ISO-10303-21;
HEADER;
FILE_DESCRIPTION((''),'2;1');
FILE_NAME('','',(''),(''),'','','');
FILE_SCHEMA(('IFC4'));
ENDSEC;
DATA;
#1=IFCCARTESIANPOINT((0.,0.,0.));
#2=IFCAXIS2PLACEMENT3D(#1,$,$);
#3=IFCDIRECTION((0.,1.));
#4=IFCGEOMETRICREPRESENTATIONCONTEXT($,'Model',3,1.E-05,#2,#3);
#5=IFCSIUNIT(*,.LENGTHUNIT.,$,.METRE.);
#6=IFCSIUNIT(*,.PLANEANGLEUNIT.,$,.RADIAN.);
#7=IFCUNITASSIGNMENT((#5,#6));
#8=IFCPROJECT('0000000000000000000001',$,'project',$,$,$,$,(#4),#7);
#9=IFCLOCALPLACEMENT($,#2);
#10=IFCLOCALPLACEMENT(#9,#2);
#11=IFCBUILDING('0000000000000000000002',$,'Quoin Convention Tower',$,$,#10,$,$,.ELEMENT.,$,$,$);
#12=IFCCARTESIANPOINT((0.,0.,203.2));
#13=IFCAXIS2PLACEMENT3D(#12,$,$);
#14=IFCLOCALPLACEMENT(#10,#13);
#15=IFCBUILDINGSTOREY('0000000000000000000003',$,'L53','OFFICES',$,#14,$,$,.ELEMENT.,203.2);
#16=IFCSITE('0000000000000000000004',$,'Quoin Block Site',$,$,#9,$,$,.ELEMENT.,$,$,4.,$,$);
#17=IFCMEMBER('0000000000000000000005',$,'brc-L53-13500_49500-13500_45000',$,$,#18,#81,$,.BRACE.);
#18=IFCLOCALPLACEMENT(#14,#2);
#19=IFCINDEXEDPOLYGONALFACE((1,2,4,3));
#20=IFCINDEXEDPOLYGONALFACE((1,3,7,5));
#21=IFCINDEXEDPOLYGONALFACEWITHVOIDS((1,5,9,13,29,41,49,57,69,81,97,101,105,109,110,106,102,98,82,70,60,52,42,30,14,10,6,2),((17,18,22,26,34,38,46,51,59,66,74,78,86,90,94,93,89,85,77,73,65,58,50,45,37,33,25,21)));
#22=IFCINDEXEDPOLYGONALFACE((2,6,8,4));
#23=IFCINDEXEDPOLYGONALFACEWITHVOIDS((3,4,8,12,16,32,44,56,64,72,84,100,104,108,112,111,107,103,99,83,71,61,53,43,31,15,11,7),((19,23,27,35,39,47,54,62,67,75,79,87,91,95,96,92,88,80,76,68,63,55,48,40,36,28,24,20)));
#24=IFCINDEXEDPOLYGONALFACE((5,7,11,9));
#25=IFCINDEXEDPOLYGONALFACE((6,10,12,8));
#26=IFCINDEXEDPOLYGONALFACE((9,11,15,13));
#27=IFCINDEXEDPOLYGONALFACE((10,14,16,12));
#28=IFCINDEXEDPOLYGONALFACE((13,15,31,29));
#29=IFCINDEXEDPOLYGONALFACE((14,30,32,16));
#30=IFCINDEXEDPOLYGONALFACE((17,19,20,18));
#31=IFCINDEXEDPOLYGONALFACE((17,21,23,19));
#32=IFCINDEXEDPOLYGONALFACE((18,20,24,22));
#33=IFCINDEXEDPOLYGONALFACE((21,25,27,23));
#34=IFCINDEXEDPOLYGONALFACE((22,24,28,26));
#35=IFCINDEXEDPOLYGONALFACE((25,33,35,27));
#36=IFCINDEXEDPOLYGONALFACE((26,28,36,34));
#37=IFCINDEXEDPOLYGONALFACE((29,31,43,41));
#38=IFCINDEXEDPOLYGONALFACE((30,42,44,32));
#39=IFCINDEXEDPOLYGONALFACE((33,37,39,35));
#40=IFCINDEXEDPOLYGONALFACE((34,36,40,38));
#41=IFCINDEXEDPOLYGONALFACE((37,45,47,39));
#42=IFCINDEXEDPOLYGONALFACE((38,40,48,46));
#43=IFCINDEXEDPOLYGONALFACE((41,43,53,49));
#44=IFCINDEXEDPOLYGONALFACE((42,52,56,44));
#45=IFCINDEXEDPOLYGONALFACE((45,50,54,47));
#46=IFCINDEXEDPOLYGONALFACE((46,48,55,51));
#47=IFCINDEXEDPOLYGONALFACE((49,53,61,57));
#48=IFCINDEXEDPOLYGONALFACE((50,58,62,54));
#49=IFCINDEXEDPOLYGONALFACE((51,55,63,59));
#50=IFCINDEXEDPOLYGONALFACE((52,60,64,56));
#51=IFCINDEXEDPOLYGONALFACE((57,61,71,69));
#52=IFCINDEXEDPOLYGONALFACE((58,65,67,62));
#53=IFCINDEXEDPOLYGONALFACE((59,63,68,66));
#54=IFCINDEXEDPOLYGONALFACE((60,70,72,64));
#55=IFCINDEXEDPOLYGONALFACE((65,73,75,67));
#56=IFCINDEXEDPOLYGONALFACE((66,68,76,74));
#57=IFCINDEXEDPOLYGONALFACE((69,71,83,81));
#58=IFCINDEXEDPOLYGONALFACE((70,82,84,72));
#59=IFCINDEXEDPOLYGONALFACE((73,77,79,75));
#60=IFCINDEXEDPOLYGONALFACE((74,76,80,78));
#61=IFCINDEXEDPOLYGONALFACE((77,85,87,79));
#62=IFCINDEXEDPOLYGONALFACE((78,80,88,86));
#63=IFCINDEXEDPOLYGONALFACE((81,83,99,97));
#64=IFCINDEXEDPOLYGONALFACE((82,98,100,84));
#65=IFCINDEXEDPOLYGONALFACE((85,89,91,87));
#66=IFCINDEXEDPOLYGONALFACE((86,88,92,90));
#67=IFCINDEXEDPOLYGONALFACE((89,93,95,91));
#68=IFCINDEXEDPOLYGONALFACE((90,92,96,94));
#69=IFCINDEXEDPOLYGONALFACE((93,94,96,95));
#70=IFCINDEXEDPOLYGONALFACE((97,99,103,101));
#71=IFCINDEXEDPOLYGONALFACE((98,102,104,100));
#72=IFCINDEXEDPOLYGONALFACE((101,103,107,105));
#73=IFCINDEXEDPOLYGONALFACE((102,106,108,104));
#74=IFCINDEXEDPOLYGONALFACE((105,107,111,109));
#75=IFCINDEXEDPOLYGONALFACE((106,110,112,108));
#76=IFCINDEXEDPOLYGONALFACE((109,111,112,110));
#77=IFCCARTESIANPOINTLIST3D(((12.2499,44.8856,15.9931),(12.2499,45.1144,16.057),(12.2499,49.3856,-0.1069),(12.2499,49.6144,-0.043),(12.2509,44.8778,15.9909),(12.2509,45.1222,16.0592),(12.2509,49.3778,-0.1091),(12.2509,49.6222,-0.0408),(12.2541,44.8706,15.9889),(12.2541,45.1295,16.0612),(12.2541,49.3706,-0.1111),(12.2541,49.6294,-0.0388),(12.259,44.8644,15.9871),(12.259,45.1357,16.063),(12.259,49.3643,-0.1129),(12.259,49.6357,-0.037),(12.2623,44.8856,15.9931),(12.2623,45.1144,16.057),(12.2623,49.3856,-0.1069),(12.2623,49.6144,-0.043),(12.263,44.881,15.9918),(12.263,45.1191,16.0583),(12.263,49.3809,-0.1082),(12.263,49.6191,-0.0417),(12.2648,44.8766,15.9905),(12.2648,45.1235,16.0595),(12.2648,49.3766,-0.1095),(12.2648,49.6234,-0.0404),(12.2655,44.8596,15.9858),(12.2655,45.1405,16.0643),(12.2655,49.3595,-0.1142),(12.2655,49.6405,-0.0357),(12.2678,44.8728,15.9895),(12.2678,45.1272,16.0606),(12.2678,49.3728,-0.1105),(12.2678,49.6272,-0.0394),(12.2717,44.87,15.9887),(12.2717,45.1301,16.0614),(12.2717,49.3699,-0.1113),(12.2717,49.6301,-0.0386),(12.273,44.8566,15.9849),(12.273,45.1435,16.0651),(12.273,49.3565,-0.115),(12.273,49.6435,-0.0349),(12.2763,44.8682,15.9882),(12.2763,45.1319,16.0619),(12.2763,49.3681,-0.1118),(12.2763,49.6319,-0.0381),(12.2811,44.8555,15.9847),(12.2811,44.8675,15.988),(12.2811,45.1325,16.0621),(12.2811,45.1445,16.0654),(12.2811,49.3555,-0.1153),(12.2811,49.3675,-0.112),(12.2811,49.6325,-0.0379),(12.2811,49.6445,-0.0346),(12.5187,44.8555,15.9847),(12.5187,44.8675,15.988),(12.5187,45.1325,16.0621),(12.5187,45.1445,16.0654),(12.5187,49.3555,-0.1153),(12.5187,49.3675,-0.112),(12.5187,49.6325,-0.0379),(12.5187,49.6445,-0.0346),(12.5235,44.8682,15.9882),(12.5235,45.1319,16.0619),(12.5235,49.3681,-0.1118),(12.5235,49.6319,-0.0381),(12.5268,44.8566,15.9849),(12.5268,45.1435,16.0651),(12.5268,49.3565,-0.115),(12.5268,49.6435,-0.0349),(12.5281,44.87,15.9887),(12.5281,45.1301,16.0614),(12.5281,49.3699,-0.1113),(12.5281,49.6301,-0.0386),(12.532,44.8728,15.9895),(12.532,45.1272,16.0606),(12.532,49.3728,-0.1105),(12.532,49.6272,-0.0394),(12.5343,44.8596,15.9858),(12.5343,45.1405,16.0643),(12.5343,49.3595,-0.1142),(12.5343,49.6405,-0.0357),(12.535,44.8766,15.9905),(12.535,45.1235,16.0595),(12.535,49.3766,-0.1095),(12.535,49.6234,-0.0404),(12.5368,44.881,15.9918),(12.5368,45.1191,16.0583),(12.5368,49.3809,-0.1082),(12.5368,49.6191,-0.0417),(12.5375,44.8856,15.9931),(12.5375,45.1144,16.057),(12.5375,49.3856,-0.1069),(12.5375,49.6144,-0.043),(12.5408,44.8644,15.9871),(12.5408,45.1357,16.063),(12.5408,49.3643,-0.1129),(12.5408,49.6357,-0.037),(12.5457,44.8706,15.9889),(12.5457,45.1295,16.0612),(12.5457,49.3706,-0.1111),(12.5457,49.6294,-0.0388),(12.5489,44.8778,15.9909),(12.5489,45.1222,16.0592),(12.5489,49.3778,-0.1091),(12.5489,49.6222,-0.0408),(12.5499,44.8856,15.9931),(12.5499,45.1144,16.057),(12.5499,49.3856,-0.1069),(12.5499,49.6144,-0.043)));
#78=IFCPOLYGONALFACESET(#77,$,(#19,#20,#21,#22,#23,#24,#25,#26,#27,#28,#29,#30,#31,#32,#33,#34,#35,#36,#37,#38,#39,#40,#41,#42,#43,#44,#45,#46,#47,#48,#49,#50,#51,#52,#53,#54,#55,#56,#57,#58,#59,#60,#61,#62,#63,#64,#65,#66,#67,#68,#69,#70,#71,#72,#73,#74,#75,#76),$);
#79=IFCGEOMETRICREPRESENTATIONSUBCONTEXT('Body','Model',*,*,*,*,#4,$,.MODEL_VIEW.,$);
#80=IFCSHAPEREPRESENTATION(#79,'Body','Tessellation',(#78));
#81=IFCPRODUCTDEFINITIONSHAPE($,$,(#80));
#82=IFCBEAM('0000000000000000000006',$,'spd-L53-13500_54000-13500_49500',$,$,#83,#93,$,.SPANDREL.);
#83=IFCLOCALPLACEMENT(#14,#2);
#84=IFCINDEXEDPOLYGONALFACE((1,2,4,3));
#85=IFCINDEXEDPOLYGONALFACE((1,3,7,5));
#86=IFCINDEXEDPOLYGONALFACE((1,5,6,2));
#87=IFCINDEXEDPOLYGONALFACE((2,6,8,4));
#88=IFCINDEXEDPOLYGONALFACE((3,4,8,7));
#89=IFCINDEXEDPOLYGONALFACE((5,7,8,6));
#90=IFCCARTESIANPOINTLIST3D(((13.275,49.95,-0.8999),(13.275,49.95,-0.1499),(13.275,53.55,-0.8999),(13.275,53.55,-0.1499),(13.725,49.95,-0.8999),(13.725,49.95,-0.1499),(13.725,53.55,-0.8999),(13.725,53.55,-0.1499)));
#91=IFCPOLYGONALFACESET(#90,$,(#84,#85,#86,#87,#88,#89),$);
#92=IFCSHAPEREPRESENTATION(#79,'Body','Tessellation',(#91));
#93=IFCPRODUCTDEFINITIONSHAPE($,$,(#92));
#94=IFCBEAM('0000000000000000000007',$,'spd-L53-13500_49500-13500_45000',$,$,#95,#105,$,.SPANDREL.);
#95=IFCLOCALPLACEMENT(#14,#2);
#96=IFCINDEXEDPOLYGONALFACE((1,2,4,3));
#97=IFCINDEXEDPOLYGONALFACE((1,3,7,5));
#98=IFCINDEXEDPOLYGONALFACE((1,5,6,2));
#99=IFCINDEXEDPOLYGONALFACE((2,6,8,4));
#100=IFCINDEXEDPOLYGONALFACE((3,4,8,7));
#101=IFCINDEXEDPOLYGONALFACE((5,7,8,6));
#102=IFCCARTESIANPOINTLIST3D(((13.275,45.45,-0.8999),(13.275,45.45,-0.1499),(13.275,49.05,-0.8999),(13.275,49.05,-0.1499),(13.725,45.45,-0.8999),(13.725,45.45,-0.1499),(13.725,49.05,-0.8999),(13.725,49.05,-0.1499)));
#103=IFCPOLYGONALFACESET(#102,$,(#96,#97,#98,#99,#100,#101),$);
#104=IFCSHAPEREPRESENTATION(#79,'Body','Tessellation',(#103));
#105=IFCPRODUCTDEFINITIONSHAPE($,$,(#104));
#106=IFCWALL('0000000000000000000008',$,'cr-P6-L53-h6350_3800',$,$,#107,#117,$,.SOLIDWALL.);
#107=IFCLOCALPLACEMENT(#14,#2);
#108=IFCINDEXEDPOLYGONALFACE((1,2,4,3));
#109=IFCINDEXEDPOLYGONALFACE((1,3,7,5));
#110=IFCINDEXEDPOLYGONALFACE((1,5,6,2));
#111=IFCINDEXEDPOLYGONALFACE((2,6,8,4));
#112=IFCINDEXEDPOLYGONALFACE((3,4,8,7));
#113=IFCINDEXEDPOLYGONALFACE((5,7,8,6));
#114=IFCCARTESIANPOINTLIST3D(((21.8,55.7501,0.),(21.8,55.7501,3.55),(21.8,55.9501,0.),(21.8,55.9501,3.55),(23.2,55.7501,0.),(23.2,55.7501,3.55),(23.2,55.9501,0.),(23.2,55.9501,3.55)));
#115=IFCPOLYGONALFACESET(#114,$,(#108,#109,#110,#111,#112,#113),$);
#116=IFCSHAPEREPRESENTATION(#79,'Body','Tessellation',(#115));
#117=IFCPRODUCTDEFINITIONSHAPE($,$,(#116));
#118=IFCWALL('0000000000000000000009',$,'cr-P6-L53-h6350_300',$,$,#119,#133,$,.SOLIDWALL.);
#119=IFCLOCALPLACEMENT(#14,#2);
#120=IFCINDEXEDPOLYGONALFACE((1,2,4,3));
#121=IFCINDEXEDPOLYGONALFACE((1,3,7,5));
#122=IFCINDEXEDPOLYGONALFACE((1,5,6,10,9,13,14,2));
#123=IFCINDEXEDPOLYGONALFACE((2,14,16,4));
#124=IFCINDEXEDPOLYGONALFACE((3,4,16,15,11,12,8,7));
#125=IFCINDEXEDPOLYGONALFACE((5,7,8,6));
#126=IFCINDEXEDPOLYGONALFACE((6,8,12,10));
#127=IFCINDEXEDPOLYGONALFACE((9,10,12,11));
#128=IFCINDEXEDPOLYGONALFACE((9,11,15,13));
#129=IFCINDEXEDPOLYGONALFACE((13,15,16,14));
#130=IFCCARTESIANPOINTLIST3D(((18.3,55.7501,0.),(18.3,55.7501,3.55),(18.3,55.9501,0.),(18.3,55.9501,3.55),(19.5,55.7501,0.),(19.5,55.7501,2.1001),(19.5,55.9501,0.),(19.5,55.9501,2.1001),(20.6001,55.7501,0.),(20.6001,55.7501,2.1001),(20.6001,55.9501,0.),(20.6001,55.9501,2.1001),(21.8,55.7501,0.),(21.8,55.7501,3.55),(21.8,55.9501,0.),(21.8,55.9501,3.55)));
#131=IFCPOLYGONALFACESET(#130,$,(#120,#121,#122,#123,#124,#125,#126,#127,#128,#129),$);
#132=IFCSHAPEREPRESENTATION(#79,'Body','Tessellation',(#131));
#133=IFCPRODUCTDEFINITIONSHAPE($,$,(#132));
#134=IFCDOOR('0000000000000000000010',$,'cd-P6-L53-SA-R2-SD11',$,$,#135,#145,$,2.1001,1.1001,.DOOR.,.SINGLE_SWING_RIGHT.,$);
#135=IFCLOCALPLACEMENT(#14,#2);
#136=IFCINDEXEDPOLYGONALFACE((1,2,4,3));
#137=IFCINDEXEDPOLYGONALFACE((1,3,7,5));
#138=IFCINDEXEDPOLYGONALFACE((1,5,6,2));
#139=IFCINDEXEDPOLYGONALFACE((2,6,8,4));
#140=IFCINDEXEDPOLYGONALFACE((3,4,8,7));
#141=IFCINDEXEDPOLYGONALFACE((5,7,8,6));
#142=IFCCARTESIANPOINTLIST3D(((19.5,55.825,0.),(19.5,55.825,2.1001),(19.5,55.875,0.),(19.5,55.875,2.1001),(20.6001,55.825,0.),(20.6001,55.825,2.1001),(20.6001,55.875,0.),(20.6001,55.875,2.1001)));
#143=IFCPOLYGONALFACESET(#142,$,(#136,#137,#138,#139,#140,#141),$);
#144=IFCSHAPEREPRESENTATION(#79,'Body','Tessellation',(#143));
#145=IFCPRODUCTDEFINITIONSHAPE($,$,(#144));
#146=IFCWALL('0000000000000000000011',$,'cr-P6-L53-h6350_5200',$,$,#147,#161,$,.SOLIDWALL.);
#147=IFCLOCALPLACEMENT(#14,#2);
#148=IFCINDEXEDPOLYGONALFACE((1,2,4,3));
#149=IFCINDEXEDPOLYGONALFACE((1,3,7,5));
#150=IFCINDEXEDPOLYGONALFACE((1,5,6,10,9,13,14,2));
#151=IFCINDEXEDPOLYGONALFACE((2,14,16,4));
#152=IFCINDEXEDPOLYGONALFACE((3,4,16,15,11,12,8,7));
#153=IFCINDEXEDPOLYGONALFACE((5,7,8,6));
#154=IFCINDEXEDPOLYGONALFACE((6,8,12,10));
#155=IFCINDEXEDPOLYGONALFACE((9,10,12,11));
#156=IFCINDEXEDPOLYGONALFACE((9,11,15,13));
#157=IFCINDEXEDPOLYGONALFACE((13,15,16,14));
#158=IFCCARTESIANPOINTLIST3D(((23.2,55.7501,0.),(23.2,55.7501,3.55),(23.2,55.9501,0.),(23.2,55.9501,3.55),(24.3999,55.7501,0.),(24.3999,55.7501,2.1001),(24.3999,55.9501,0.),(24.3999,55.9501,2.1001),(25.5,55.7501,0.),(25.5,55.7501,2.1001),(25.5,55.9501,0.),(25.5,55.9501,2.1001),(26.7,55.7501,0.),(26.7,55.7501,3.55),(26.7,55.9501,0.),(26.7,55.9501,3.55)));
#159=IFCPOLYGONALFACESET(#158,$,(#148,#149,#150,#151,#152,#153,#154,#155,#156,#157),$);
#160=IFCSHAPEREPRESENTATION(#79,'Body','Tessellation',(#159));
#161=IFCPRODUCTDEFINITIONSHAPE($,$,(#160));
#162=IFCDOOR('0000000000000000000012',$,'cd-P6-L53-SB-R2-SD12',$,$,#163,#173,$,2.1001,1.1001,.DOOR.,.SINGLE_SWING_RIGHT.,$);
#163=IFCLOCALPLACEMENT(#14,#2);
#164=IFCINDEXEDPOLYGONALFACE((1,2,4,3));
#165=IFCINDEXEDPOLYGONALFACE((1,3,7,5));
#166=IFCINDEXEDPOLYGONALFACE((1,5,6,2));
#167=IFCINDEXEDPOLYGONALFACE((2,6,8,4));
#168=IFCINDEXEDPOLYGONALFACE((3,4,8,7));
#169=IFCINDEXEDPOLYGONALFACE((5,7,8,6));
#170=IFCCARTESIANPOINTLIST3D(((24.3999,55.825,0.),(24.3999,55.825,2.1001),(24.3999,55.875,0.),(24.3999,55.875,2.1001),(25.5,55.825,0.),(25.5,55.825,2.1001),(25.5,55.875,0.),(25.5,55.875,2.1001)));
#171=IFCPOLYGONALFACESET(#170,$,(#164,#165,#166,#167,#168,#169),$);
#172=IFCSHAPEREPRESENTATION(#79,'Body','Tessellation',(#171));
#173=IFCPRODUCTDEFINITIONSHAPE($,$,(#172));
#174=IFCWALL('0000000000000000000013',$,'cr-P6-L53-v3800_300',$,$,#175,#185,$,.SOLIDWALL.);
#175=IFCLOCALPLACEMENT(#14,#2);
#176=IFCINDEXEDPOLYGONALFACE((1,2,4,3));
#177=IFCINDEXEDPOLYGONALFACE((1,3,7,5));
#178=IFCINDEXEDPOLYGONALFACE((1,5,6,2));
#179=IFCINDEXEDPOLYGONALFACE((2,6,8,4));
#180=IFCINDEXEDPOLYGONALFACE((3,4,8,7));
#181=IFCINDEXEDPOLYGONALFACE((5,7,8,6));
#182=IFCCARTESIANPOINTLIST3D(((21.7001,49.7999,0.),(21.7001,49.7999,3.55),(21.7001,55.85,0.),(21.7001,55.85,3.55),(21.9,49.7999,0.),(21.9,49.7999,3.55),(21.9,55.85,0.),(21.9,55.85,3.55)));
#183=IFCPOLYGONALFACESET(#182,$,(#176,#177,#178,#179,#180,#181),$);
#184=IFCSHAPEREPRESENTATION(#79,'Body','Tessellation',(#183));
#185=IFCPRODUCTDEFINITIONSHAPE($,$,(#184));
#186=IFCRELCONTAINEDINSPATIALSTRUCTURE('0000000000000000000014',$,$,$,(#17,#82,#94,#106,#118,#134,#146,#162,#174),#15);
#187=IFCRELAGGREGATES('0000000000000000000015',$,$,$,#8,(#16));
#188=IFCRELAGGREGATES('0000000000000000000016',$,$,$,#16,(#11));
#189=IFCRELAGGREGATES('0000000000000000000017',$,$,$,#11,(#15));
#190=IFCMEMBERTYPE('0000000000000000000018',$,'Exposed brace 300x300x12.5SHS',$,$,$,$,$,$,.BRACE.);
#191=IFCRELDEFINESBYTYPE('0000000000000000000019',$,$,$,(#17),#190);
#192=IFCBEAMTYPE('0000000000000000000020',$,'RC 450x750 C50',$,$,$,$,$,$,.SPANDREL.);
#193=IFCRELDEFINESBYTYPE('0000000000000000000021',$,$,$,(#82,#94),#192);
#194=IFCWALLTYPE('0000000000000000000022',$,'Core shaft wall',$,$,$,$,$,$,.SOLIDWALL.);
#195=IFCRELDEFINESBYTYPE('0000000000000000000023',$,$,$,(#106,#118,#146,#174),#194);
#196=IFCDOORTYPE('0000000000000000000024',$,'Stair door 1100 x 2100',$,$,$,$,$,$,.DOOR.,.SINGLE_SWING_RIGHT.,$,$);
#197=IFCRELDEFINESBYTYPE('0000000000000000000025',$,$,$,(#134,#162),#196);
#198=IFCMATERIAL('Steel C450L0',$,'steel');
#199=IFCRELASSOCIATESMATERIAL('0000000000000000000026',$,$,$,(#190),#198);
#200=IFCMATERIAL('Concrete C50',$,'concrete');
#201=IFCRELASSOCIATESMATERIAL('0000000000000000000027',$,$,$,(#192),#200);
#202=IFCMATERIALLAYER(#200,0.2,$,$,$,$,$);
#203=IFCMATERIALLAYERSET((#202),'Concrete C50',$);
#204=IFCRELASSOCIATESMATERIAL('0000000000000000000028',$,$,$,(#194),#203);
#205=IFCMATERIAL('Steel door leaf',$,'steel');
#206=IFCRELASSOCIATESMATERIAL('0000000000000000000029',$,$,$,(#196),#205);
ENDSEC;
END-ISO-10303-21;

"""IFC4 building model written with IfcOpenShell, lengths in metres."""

from ifc_helpers import new_model, si_unit, direction, frame, frame_2d, origin, origin_2d, place, context, subcontext, project, spatial, rectangle, hollow_rectangle, extrude, material, layer, layer_set, material_profile, profile_set, type_object, element, fill, save


model = new_model("IFC4")

# Units and contexts
model_context = context("Model", 3, precision=1e-05, world=origin(), true_north=direction((0.0, 1.0)))
body_context = subcontext(model_context, "Body", "Model", "MODEL_VIEW")
ifc_project = project(units=[si_unit("LENGTHUNIT", "METRE"), si_unit("PLANEANGLEUNIT", "RADIAN")], contexts=[model_context])

# Site, building, storey
site_placement = place(None, origin())
site = spatial("IfcSite", under=ifc_project, at=site_placement, Name="Quoin Block Site", CompositionType="ELEMENT", RefElevation=4.0)
building_placement = place(site_placement, origin())
building = spatial("IfcBuilding", under=site, at=building_placement, Name="Quoin Convention Tower", CompositionType="ELEMENT")
storey_placement = place(building_placement, frame((0.0, 0.0, 203.2)))
storey = spatial("IfcBuildingStorey", under=building, at=storey_placement, Name="L53", Description="OFFICES", CompositionType="ELEMENT", Elevation=203.2)

# Shared definitions
ifc_material_1 = material(Name="Concrete C50", Category="concrete")

# Member
ifc_material_2 = material(Name="Steel C450L0", Category="steel")
ifc_material_profile_1 = material_profile(ifc_material_2, hollow_rectangle(XDim=0.3, YDim=0.3, WallThickness=0.0125, InnerFilletRadius=0.0188, OuterFilletRadius=0.0312, at=origin_2d()), Name="300x300x12.5SHS")
ifc_profile_set_1 = profile_set([ifc_material_profile_1], Name="Steel C450L0")
member_type = type_object("IfcMemberType", Name="Exposed brace 300x300x12.5SHS", PredefinedType="BRACE", material=ifc_profile_set_1)
for number, where, z_axis, x_axis, name in (
    (1, (12.3999, 49.5, -0.075), (0.0, -0.269185, 0.963089), (1.0, 0.0, 0.0), "brc-L53-13500_49500-13500_45000"),
):
    element("IfcMember", number, at=place(storey_placement, frame(where, z_axis=z_axis, x_axis=x_axis)), inside=storey, type_object=member_type, Name=name, PredefinedType="BRACE", context=body_context, shape_type="SweptSolid", body=[
        extrude(hollow_rectangle(XDim=0.3, YDim=0.3, WallThickness=0.0125, InnerFilletRadius=0.0188, OuterFilletRadius=0.0312, at=origin_2d()), origin(), (0.0, 0.0, 1.0), 16.717),
    ])

# Beams
ifc_material_profile_2 = material_profile(ifc_material_1, rectangle(XDim=0.45, YDim=0.75, at=origin_2d()), Name="RC 450x750")
ifc_profile_set_2 = profile_set([ifc_material_profile_2], Name="Concrete C50")
beam_type_1 = type_object("IfcBeamType", Name="RC 450x750 C50", PredefinedType="SPANDREL", material=ifc_profile_set_2)
for number, where, z_axis, x_axis, name in (
    (2, (13.5, 53.55, -0.5249), (0.0, -1.0, 0.0), (1.0, 0.0, 0.0), "spd-L53-13500_54000-13500_49500"),
    (3, (13.5, 49.05, -0.5249), (0.0, -1.0, 0.0), (1.0, 0.0, 0.0), "spd-L53-13500_49500-13500_45000"),
):
    element("IfcBeam", number, at=place(storey_placement, frame(where, z_axis=z_axis, x_axis=x_axis)), inside=storey, type_object=beam_type_1, Name=name, PredefinedType="SPANDREL", context=body_context, shape_type="SweptSolid", body=[
        extrude(rectangle(XDim=0.45, YDim=0.75, at=origin_2d()), origin(), (0.0, 0.0, 1.0), 3.6001),
    ])

# Wall
ifc_layer_1 = layer(ifc_material_1, 0.2)
ifc_layer_set_1 = layer_set([ifc_layer_1], Name="Concrete C50")
wall_type_1 = type_object("IfcWallType", Name="Core shaft wall", PredefinedType="SOLIDWALL", material=ifc_layer_set_1)
wall_1_placement = place(storey_placement, frame((21.8, 55.8501, 0.0), z_axis=(0.0, 0.0, 1.0), x_axis=(1.0, 0.0, 0.0)))
element("IfcWall", 4, at=wall_1_placement, inside=storey, type_object=wall_type_1, Name="cr-P6-L53-h6350_3800", PredefinedType="SOLIDWALL", context=body_context, shape_type="SweptSolid", body=[
    extrude(rectangle(XDim=1.3999, YDim=0.2, at=frame_2d((0.7, 0.0))), origin(), (0.0, 0.0, 1.0), 3.55),
])

# Walls, openings, doors
wall_2_placement = place(storey_placement, frame((18.3, 55.8501, 0.0), z_axis=(0.0, 0.0, 1.0), x_axis=(1.0, 0.0, 0.0)))
wall_2 = element("IfcWall", 5, at=wall_2_placement, inside=storey, type_object=wall_type_1, Name="cr-P6-L53-h6350_300", PredefinedType="SOLIDWALL", context=body_context, shape_type="SweptSolid", body=[
    extrude(rectangle(XDim=3.5, YDim=0.2, at=frame_2d((1.75, 0.0))), origin(), (0.0, 0.0, 1.0), 3.55),
])
opening_1_placement = place(wall_2_placement, frame((1.2, 0.0, 0.0)))
opening_1 = element("IfcOpeningElement", 6, at=opening_1_placement, cuts=wall_2, PredefinedType="OPENING", context=body_context, shape_type="SweptSolid", body=[
    extrude(rectangle(XDim=1.1001, YDim=2.1001, at=frame_2d((0.55, 1.05))), frame((0.0, 0.1099, 0.0), z_axis=(0.0, -1.0, 0.0), x_axis=(1.0, 0.0, 0.0)), (0.0, 0.0, 1.0), 0.22),
])
ifc_material_3 = material(Name="Steel door leaf", Category="steel")
door_type = type_object("IfcDoorType", Name="Stair door 1100 x 2100", OperationType="SINGLE_SWING_RIGHT", PredefinedType="DOOR", material=ifc_material_3)
door_1_placement = place(opening_1_placement, origin())
door_1 = element("IfcDoor", 7, at=door_1_placement, inside=storey, type_object=door_type, Name="cd-P6-L53-SA-R2-SD11", OperationType="SINGLE_SWING_RIGHT", OverallHeight=2.1001, OverallWidth=1.1001, PredefinedType="DOOR", context=body_context, shape_type="SweptSolid", body=[
    extrude(rectangle(XDim=1.1001, YDim=2.1001, at=frame_2d((0.55, 1.05))), frame((0.0, 0.0249, 0.0), z_axis=(0.0, -1.0, 0.0), x_axis=(1.0, 0.0, 0.0)), (0.0, 0.0, 1.0), 0.05),
])
fill(opening_1, door_1)
wall_3_placement = place(storey_placement, frame((23.2, 55.8501, 0.0), z_axis=(0.0, 0.0, 1.0), x_axis=(1.0, 0.0, 0.0)))
wall_3 = element("IfcWall", 8, at=wall_3_placement, inside=storey, type_object=wall_type_1, Name="cr-P6-L53-h6350_5200", PredefinedType="SOLIDWALL", context=body_context, shape_type="SweptSolid", body=[
    extrude(rectangle(XDim=3.5, YDim=0.2, at=frame_2d((1.75, 0.0))), origin(), (0.0, 0.0, 1.0), 3.55),
])
opening_2_placement = place(wall_3_placement, frame((1.2, 0.0, 0.0)))
opening_2 = element("IfcOpeningElement", 9, at=opening_2_placement, cuts=wall_3, PredefinedType="OPENING", context=body_context, shape_type="SweptSolid", body=[
    extrude(rectangle(XDim=1.1001, YDim=2.1001, at=frame_2d((0.55, 1.05))), frame((0.0, 0.1099, 0.0), z_axis=(0.0, -1.0, 0.0), x_axis=(1.0, 0.0, 0.0)), (0.0, 0.0, 1.0), 0.22),
])
door_2_placement = place(opening_2_placement, origin())
door_2 = element("IfcDoor", 10, at=door_2_placement, inside=storey, type_object=door_type, Name="cd-P6-L53-SB-R2-SD12", OperationType="SINGLE_SWING_RIGHT", OverallHeight=2.1001, OverallWidth=1.1001, PredefinedType="DOOR", context=body_context, shape_type="SweptSolid", body=[
    extrude(rectangle(XDim=1.1001, YDim=2.1001, at=frame_2d((0.55, 1.05))), frame((0.0, 0.0249, 0.0), z_axis=(0.0, -1.0, 0.0), x_axis=(1.0, 0.0, 0.0)), (0.0, 0.0, 1.0), 0.05),
])
fill(opening_2, door_2)

# Wall
for number, where, z_axis, x_axis, name in (
    (11, (21.8, 49.8, 0.0), (0.0, 0.0, 1.0), (0.0, 1.0, 0.0), "cr-P6-L53-v3800_300"),
):
    element("IfcWall", number, at=place(storey_placement, frame(where, z_axis=z_axis, x_axis=x_axis)), inside=storey, type_object=wall_type_1, Name=name, PredefinedType="SOLIDWALL", context=body_context, shape_type="SweptSolid", body=[
        extrude(rectangle(XDim=6.05, YDim=0.2, at=frame_2d((3.0249, 0.0))), origin(), (0.0, 0.0, 1.0), 3.55),
    ])

save(model, "model.ifc")
